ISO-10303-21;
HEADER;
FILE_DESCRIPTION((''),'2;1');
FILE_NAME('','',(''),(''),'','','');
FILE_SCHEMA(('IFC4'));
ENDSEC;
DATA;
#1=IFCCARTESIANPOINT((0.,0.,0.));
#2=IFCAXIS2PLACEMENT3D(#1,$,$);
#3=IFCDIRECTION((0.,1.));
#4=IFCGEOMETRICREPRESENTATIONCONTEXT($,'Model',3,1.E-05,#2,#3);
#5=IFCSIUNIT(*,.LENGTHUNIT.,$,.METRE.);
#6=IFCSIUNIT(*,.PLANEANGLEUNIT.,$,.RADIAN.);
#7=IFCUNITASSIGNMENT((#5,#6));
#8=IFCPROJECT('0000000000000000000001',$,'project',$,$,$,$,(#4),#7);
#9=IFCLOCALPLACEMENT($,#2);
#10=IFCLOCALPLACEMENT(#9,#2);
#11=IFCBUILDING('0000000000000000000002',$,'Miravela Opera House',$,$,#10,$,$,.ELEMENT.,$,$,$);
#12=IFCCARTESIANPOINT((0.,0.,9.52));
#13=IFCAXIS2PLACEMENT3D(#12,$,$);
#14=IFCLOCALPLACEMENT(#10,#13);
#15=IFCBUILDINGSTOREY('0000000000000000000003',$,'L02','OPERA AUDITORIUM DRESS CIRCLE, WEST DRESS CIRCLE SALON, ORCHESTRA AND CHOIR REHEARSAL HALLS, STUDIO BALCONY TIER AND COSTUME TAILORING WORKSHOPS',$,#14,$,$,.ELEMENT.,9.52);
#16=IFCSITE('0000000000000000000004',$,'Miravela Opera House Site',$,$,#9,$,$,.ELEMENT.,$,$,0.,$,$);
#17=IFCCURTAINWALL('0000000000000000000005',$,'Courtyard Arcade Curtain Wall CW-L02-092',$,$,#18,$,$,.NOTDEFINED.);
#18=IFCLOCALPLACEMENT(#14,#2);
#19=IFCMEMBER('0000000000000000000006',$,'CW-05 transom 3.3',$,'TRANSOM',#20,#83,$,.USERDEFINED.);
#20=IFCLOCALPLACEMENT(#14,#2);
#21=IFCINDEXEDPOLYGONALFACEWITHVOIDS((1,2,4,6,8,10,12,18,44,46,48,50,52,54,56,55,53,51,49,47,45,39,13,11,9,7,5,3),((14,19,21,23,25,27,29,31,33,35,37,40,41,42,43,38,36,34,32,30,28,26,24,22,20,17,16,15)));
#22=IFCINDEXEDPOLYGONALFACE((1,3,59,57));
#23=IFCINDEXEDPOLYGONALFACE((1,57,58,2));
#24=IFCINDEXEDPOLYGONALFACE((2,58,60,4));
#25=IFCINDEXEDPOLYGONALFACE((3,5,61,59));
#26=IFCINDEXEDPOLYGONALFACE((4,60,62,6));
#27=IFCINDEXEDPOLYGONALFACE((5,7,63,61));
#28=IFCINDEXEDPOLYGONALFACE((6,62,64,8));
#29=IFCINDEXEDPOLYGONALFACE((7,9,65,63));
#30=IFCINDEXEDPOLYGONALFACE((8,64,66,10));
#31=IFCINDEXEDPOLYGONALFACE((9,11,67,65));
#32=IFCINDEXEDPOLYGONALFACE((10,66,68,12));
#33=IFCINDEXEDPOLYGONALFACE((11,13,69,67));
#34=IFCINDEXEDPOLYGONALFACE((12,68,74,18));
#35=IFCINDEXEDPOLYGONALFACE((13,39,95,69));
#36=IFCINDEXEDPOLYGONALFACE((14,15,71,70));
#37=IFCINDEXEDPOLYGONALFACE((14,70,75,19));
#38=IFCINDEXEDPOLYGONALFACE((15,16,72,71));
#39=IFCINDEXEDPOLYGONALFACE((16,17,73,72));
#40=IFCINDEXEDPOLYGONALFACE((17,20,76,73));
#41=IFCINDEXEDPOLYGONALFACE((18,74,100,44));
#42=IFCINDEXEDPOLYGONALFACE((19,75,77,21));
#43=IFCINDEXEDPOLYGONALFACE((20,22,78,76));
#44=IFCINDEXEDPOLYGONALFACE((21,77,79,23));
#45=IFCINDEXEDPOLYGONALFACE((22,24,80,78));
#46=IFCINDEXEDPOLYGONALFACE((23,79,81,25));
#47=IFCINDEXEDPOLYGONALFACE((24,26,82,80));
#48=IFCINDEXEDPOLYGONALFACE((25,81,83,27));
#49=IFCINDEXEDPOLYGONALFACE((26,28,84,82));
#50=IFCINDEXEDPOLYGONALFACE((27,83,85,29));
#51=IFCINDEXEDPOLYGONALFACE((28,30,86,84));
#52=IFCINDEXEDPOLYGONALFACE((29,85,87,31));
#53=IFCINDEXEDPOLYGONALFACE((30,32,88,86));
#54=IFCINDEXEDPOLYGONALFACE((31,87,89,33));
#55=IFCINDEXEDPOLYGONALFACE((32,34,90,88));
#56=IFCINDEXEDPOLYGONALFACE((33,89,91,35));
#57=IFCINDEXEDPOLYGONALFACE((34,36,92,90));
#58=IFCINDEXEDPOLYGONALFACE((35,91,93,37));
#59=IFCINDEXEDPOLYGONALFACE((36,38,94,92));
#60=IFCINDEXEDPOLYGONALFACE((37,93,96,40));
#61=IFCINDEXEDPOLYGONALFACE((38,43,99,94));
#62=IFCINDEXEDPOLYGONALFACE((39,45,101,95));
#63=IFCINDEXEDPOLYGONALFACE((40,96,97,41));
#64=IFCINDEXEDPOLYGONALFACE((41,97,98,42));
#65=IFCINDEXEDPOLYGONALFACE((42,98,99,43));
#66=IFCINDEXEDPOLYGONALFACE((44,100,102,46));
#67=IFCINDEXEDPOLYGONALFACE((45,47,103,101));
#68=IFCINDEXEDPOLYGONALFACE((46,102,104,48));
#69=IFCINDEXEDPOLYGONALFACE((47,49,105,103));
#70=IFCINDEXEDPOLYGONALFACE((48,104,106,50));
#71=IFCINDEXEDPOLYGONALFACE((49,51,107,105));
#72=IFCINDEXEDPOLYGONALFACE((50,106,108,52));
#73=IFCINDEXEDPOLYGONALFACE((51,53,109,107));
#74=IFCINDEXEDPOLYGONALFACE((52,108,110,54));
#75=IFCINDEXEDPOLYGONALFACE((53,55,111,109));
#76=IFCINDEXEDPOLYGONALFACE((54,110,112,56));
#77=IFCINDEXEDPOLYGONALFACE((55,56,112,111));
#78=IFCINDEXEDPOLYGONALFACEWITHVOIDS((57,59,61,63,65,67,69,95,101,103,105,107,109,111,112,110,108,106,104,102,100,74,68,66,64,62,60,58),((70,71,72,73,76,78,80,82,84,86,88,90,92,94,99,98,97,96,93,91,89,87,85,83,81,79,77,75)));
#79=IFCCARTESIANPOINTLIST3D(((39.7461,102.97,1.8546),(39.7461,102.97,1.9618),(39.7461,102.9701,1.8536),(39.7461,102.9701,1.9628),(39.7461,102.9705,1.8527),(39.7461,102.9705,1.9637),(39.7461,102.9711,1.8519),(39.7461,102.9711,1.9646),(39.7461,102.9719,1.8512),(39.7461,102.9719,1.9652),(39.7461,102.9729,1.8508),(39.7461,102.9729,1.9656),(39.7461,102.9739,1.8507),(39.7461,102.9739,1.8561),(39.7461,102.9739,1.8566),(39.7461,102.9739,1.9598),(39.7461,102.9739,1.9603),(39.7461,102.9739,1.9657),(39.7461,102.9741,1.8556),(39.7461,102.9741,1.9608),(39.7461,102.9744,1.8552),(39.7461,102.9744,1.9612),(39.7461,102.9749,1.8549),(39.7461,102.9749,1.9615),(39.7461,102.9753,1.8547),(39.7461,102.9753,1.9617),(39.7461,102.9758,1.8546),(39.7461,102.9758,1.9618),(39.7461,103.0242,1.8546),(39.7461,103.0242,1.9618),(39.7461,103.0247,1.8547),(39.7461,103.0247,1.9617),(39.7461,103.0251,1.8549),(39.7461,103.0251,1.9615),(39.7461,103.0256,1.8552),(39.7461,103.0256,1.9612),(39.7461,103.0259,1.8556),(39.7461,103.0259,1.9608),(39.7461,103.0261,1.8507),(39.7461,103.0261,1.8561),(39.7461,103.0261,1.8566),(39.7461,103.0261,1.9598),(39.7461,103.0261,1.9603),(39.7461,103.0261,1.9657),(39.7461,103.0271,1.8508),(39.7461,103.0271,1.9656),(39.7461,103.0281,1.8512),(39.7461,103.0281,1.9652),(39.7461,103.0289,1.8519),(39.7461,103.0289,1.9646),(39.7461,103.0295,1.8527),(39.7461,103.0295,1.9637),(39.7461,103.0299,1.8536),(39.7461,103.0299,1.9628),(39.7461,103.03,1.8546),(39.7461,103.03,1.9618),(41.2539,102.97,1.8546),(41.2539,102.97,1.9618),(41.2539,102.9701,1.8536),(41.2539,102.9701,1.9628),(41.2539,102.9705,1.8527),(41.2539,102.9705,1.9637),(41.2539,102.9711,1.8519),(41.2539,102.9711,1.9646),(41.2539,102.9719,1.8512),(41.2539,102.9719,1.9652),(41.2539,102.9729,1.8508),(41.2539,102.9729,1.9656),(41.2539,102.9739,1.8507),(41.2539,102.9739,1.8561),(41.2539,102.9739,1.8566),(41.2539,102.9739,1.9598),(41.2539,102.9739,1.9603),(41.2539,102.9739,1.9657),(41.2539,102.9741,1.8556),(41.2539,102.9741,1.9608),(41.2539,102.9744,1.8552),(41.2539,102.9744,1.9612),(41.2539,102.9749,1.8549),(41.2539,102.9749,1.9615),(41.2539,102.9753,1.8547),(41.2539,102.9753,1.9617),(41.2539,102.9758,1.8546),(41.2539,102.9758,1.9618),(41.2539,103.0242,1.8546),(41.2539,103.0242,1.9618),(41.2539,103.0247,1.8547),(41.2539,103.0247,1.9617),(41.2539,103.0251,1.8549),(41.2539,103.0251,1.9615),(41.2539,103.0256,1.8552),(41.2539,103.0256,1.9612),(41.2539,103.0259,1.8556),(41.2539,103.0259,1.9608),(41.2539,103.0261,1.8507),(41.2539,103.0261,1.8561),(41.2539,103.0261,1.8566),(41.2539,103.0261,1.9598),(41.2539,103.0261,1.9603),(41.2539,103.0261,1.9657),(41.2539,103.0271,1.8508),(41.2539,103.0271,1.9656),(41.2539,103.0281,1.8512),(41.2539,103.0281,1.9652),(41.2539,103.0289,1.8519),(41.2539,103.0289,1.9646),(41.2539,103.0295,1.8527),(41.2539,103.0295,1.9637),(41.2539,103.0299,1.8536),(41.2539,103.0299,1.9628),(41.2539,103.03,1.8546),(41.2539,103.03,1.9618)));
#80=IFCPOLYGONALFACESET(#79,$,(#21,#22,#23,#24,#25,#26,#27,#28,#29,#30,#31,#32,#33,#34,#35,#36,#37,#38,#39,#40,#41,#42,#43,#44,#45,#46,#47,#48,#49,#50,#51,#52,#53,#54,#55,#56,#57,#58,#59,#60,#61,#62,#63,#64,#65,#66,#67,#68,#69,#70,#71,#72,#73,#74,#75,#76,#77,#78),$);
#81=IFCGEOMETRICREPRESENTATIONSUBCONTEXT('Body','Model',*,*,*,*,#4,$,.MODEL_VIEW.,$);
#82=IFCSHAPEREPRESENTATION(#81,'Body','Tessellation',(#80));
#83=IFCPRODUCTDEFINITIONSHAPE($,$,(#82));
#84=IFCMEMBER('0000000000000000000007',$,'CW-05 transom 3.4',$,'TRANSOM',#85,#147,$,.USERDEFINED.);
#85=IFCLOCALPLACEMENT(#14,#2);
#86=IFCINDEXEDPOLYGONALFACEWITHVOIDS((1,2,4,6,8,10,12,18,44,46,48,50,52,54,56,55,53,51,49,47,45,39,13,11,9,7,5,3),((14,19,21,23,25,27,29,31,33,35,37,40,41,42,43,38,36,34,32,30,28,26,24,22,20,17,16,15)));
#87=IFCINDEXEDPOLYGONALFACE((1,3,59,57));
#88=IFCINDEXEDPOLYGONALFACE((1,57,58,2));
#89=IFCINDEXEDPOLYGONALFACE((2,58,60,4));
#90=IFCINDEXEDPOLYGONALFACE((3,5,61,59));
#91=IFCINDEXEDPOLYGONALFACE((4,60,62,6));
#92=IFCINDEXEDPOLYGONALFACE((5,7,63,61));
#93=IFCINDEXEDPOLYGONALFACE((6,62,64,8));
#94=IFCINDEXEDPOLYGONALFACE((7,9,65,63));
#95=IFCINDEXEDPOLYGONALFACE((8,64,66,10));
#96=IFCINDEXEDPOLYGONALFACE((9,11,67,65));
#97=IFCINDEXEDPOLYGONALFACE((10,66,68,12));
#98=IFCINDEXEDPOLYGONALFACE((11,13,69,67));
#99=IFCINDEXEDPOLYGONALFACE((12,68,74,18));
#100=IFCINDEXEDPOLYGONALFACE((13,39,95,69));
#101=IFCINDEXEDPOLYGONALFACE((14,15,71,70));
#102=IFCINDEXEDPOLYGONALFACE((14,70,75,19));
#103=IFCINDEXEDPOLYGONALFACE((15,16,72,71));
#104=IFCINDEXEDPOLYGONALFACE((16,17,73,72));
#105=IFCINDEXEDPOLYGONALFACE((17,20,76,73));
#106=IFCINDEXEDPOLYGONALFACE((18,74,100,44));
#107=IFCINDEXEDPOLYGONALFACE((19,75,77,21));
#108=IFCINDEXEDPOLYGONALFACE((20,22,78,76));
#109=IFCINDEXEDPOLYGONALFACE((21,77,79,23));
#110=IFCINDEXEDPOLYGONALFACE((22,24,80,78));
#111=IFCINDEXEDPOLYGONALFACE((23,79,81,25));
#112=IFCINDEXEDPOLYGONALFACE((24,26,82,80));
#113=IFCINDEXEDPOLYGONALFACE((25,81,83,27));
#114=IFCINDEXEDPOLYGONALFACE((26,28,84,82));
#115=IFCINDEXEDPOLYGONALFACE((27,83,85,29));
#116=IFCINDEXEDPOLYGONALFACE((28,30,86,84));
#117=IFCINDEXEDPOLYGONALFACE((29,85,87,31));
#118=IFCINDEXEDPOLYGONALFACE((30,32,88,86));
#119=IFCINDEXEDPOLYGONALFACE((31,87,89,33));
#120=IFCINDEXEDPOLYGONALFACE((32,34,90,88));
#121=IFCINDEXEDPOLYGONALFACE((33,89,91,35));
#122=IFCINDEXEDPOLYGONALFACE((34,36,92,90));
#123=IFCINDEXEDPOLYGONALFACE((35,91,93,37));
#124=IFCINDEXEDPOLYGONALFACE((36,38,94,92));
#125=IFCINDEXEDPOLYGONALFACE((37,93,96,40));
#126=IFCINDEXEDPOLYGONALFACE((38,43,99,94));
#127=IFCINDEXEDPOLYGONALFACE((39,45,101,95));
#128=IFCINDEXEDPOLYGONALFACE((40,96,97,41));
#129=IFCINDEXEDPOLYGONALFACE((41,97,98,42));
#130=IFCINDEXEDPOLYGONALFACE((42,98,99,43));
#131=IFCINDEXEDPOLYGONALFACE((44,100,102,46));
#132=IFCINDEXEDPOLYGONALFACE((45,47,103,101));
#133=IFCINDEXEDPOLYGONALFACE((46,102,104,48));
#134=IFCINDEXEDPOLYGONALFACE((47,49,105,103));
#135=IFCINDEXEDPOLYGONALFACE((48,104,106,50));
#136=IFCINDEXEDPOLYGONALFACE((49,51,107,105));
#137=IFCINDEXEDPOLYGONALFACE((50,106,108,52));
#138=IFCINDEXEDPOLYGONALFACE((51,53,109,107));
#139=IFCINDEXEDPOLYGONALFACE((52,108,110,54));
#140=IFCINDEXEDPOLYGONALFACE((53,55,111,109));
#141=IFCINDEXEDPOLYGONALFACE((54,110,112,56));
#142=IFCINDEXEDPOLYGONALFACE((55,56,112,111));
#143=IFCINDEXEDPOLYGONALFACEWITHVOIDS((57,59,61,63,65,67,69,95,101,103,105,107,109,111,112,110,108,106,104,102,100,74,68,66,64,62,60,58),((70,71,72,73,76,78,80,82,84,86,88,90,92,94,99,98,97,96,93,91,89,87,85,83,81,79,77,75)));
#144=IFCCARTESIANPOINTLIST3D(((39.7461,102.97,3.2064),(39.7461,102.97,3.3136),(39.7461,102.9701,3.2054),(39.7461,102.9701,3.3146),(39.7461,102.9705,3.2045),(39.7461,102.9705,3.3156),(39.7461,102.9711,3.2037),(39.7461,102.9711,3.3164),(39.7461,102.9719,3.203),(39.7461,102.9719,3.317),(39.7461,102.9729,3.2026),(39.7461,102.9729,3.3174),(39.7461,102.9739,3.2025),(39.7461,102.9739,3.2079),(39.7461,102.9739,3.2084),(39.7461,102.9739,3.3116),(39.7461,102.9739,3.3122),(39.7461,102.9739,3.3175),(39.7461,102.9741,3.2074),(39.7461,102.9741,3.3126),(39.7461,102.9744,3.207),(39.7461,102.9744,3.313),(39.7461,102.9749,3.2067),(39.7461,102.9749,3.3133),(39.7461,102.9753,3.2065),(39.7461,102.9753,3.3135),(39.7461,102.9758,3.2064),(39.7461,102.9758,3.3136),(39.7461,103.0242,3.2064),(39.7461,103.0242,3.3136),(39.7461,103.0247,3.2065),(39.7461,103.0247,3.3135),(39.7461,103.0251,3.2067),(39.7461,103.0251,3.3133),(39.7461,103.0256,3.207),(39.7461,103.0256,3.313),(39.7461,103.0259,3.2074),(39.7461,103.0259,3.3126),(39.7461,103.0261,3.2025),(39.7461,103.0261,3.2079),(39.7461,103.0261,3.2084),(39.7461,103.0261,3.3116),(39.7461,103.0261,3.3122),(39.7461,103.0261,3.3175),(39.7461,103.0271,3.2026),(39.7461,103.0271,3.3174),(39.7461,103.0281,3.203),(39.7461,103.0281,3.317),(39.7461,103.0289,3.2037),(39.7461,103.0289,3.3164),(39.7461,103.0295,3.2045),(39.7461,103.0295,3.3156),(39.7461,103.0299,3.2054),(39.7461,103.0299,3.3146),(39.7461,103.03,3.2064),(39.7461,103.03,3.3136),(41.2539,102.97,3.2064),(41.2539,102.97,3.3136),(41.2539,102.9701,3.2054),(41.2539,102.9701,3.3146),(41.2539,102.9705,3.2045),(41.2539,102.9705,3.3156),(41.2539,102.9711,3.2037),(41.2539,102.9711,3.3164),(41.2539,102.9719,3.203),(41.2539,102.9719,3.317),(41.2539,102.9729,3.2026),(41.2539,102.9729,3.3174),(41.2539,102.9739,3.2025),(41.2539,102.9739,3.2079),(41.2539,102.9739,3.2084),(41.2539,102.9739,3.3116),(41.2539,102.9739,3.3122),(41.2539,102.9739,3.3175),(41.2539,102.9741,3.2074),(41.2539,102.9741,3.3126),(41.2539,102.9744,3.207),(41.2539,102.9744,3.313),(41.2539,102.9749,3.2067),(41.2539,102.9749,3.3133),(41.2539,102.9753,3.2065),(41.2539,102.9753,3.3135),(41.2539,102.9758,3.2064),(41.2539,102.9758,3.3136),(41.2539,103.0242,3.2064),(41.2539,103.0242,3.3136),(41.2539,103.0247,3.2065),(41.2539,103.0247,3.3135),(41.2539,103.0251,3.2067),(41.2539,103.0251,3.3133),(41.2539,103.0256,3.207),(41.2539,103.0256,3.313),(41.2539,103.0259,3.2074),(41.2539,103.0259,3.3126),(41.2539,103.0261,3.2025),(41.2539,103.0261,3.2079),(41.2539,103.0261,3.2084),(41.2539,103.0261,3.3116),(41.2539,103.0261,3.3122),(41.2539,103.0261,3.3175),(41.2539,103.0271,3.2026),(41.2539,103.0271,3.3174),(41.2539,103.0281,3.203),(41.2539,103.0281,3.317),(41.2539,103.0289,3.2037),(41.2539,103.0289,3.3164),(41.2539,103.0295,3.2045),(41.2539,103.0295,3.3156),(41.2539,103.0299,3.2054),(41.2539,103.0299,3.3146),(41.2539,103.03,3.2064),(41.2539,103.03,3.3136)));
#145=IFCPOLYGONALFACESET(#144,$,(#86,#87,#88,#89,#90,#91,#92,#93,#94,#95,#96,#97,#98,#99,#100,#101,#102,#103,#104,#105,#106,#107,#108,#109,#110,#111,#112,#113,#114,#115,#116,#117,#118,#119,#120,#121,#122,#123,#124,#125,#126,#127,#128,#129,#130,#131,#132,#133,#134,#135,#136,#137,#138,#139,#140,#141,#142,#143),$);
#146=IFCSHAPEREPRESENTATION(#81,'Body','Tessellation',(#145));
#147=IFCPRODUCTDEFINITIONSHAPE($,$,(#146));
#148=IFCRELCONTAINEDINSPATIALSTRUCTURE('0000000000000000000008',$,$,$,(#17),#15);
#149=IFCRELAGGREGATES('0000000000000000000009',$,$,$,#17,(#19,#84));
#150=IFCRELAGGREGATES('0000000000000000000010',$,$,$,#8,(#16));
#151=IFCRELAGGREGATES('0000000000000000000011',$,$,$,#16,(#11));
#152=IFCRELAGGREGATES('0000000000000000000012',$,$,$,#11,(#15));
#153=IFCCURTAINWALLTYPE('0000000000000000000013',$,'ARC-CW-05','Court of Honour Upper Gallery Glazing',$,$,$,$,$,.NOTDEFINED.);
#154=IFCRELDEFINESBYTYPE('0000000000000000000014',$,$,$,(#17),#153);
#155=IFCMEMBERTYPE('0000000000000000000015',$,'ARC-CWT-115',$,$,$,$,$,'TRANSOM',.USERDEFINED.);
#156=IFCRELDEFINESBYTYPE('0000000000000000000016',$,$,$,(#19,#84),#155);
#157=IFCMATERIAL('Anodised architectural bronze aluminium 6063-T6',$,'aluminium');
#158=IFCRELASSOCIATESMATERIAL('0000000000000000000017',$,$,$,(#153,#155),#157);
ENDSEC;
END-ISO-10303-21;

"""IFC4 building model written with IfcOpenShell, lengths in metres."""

from ifc_helpers import new_model, si_unit, direction, frame, origin, origin_2d, place, context, subcontext, project, spatial, hollow_rectangle, extrude, material, material_profile, profile_set, type_object, element, aggregate, save


model = new_model("IFC4")

# Units and contexts
model_context = context("Model", 3, precision=1e-05, world=origin(), true_north=direction((0.0, 1.0)))
body_context = subcontext(model_context, "Body", "Model", "MODEL_VIEW")
ifc_project = project(units=[si_unit("LENGTHUNIT", "METRE"), si_unit("PLANEANGLEUNIT", "RADIAN")], contexts=[model_context])

# Site, building, storey
site_placement = place(None, origin())
site = spatial("IfcSite", under=ifc_project, at=site_placement, Name="Miravela Opera House Site", CompositionType="ELEMENT", RefElevation=0.0)
building_placement = place(site_placement, origin())
building = spatial("IfcBuilding", under=site, at=building_placement, Name="Miravela Opera House", CompositionType="ELEMENT")
storey_placement = place(building_placement, frame((0.0, 0.0, 9.52)))
storey = spatial("IfcBuildingStorey", under=building, at=storey_placement, Name="L02", Description="OPERA AUDITORIUM DRESS CIRCLE, WEST DRESS CIRCLE SALON, ORCHESTRA AND CHOIR REHEARSAL HALLS, STUDIO BALCONY TIER AND COSTUME TAILORING WORKSHOPS", CompositionType="ELEMENT", Elevation=9.52)

# Curtain wall
ifc_material_1 = material(Name="Anodised architectural bronze aluminium 6063-T6", Category="aluminium")
curtain_wall_type = type_object("IfcCurtainWallType", Name="ARC-CW-05", Description="Court of Honour Upper Gallery Glazing", PredefinedType="NOTDEFINED", material=ifc_material_1)
curtain_wall_1_placement = place(storey_placement, origin())
curtain_wall_1 = element("IfcCurtainWall", 1, at=curtain_wall_1_placement, inside=storey, type_object=curtain_wall_type, Name="Courtyard Arcade Curtain Wall CW-L02-092", PredefinedType="NOTDEFINED")

# Members
ifc_material_profile_1 = material_profile(ifc_material_1, hollow_rectangle(XDim=0.0601, YDim=0.115, WallThickness=0.0039, InnerFilletRadius=0.002, OuterFilletRadius=0.0039, at=origin_2d()), Name="CWT-60X115")
ifc_profile_set_1 = profile_set([ifc_material_profile_1])
member_type_1 = type_object("IfcMemberType", Name="ARC-CWT-115", ElementType="TRANSOM", PredefinedType="USERDEFINED", material=ifc_profile_set_1)
member_1_placement = place(storey_placement, frame((39.7461, 103.0, 1.9082), z_axis=(1.0, 0.0, 0.0), x_axis=(0.0, 1.0, 0.0)))
member_1 = element("IfcMember", 2, at=member_1_placement, type_object=member_type_1, Name="CW-05 transom 3.3", ObjectType="TRANSOM", PredefinedType="USERDEFINED", context=body_context, shape_type="SweptSolid", body=[
    extrude(hollow_rectangle(XDim=0.0601, YDim=0.115, WallThickness=0.0039, InnerFilletRadius=0.002, OuterFilletRadius=0.0039, at=origin_2d()), origin(), (0.0, 0.0, 1.0), 1.5078),
])
member_2_placement = place(storey_placement, frame((39.7461, 103.0, 3.26), z_axis=(1.0, 0.0, 0.0), x_axis=(0.0, 1.0, 0.0)))
member_2 = element("IfcMember", 3, at=member_2_placement, type_object=member_type_1, Name="CW-05 transom 3.4", ObjectType="TRANSOM", PredefinedType="USERDEFINED", context=body_context, shape_type="SweptSolid", body=[
    extrude(hollow_rectangle(XDim=0.0601, YDim=0.115, WallThickness=0.0039, InnerFilletRadius=0.002, OuterFilletRadius=0.0039, at=origin_2d()), origin(), (0.0, 0.0, 1.0), 1.5078),
])

aggregate(curtain_wall_1, [member_1, member_2])

save(model, "model.ifc")
